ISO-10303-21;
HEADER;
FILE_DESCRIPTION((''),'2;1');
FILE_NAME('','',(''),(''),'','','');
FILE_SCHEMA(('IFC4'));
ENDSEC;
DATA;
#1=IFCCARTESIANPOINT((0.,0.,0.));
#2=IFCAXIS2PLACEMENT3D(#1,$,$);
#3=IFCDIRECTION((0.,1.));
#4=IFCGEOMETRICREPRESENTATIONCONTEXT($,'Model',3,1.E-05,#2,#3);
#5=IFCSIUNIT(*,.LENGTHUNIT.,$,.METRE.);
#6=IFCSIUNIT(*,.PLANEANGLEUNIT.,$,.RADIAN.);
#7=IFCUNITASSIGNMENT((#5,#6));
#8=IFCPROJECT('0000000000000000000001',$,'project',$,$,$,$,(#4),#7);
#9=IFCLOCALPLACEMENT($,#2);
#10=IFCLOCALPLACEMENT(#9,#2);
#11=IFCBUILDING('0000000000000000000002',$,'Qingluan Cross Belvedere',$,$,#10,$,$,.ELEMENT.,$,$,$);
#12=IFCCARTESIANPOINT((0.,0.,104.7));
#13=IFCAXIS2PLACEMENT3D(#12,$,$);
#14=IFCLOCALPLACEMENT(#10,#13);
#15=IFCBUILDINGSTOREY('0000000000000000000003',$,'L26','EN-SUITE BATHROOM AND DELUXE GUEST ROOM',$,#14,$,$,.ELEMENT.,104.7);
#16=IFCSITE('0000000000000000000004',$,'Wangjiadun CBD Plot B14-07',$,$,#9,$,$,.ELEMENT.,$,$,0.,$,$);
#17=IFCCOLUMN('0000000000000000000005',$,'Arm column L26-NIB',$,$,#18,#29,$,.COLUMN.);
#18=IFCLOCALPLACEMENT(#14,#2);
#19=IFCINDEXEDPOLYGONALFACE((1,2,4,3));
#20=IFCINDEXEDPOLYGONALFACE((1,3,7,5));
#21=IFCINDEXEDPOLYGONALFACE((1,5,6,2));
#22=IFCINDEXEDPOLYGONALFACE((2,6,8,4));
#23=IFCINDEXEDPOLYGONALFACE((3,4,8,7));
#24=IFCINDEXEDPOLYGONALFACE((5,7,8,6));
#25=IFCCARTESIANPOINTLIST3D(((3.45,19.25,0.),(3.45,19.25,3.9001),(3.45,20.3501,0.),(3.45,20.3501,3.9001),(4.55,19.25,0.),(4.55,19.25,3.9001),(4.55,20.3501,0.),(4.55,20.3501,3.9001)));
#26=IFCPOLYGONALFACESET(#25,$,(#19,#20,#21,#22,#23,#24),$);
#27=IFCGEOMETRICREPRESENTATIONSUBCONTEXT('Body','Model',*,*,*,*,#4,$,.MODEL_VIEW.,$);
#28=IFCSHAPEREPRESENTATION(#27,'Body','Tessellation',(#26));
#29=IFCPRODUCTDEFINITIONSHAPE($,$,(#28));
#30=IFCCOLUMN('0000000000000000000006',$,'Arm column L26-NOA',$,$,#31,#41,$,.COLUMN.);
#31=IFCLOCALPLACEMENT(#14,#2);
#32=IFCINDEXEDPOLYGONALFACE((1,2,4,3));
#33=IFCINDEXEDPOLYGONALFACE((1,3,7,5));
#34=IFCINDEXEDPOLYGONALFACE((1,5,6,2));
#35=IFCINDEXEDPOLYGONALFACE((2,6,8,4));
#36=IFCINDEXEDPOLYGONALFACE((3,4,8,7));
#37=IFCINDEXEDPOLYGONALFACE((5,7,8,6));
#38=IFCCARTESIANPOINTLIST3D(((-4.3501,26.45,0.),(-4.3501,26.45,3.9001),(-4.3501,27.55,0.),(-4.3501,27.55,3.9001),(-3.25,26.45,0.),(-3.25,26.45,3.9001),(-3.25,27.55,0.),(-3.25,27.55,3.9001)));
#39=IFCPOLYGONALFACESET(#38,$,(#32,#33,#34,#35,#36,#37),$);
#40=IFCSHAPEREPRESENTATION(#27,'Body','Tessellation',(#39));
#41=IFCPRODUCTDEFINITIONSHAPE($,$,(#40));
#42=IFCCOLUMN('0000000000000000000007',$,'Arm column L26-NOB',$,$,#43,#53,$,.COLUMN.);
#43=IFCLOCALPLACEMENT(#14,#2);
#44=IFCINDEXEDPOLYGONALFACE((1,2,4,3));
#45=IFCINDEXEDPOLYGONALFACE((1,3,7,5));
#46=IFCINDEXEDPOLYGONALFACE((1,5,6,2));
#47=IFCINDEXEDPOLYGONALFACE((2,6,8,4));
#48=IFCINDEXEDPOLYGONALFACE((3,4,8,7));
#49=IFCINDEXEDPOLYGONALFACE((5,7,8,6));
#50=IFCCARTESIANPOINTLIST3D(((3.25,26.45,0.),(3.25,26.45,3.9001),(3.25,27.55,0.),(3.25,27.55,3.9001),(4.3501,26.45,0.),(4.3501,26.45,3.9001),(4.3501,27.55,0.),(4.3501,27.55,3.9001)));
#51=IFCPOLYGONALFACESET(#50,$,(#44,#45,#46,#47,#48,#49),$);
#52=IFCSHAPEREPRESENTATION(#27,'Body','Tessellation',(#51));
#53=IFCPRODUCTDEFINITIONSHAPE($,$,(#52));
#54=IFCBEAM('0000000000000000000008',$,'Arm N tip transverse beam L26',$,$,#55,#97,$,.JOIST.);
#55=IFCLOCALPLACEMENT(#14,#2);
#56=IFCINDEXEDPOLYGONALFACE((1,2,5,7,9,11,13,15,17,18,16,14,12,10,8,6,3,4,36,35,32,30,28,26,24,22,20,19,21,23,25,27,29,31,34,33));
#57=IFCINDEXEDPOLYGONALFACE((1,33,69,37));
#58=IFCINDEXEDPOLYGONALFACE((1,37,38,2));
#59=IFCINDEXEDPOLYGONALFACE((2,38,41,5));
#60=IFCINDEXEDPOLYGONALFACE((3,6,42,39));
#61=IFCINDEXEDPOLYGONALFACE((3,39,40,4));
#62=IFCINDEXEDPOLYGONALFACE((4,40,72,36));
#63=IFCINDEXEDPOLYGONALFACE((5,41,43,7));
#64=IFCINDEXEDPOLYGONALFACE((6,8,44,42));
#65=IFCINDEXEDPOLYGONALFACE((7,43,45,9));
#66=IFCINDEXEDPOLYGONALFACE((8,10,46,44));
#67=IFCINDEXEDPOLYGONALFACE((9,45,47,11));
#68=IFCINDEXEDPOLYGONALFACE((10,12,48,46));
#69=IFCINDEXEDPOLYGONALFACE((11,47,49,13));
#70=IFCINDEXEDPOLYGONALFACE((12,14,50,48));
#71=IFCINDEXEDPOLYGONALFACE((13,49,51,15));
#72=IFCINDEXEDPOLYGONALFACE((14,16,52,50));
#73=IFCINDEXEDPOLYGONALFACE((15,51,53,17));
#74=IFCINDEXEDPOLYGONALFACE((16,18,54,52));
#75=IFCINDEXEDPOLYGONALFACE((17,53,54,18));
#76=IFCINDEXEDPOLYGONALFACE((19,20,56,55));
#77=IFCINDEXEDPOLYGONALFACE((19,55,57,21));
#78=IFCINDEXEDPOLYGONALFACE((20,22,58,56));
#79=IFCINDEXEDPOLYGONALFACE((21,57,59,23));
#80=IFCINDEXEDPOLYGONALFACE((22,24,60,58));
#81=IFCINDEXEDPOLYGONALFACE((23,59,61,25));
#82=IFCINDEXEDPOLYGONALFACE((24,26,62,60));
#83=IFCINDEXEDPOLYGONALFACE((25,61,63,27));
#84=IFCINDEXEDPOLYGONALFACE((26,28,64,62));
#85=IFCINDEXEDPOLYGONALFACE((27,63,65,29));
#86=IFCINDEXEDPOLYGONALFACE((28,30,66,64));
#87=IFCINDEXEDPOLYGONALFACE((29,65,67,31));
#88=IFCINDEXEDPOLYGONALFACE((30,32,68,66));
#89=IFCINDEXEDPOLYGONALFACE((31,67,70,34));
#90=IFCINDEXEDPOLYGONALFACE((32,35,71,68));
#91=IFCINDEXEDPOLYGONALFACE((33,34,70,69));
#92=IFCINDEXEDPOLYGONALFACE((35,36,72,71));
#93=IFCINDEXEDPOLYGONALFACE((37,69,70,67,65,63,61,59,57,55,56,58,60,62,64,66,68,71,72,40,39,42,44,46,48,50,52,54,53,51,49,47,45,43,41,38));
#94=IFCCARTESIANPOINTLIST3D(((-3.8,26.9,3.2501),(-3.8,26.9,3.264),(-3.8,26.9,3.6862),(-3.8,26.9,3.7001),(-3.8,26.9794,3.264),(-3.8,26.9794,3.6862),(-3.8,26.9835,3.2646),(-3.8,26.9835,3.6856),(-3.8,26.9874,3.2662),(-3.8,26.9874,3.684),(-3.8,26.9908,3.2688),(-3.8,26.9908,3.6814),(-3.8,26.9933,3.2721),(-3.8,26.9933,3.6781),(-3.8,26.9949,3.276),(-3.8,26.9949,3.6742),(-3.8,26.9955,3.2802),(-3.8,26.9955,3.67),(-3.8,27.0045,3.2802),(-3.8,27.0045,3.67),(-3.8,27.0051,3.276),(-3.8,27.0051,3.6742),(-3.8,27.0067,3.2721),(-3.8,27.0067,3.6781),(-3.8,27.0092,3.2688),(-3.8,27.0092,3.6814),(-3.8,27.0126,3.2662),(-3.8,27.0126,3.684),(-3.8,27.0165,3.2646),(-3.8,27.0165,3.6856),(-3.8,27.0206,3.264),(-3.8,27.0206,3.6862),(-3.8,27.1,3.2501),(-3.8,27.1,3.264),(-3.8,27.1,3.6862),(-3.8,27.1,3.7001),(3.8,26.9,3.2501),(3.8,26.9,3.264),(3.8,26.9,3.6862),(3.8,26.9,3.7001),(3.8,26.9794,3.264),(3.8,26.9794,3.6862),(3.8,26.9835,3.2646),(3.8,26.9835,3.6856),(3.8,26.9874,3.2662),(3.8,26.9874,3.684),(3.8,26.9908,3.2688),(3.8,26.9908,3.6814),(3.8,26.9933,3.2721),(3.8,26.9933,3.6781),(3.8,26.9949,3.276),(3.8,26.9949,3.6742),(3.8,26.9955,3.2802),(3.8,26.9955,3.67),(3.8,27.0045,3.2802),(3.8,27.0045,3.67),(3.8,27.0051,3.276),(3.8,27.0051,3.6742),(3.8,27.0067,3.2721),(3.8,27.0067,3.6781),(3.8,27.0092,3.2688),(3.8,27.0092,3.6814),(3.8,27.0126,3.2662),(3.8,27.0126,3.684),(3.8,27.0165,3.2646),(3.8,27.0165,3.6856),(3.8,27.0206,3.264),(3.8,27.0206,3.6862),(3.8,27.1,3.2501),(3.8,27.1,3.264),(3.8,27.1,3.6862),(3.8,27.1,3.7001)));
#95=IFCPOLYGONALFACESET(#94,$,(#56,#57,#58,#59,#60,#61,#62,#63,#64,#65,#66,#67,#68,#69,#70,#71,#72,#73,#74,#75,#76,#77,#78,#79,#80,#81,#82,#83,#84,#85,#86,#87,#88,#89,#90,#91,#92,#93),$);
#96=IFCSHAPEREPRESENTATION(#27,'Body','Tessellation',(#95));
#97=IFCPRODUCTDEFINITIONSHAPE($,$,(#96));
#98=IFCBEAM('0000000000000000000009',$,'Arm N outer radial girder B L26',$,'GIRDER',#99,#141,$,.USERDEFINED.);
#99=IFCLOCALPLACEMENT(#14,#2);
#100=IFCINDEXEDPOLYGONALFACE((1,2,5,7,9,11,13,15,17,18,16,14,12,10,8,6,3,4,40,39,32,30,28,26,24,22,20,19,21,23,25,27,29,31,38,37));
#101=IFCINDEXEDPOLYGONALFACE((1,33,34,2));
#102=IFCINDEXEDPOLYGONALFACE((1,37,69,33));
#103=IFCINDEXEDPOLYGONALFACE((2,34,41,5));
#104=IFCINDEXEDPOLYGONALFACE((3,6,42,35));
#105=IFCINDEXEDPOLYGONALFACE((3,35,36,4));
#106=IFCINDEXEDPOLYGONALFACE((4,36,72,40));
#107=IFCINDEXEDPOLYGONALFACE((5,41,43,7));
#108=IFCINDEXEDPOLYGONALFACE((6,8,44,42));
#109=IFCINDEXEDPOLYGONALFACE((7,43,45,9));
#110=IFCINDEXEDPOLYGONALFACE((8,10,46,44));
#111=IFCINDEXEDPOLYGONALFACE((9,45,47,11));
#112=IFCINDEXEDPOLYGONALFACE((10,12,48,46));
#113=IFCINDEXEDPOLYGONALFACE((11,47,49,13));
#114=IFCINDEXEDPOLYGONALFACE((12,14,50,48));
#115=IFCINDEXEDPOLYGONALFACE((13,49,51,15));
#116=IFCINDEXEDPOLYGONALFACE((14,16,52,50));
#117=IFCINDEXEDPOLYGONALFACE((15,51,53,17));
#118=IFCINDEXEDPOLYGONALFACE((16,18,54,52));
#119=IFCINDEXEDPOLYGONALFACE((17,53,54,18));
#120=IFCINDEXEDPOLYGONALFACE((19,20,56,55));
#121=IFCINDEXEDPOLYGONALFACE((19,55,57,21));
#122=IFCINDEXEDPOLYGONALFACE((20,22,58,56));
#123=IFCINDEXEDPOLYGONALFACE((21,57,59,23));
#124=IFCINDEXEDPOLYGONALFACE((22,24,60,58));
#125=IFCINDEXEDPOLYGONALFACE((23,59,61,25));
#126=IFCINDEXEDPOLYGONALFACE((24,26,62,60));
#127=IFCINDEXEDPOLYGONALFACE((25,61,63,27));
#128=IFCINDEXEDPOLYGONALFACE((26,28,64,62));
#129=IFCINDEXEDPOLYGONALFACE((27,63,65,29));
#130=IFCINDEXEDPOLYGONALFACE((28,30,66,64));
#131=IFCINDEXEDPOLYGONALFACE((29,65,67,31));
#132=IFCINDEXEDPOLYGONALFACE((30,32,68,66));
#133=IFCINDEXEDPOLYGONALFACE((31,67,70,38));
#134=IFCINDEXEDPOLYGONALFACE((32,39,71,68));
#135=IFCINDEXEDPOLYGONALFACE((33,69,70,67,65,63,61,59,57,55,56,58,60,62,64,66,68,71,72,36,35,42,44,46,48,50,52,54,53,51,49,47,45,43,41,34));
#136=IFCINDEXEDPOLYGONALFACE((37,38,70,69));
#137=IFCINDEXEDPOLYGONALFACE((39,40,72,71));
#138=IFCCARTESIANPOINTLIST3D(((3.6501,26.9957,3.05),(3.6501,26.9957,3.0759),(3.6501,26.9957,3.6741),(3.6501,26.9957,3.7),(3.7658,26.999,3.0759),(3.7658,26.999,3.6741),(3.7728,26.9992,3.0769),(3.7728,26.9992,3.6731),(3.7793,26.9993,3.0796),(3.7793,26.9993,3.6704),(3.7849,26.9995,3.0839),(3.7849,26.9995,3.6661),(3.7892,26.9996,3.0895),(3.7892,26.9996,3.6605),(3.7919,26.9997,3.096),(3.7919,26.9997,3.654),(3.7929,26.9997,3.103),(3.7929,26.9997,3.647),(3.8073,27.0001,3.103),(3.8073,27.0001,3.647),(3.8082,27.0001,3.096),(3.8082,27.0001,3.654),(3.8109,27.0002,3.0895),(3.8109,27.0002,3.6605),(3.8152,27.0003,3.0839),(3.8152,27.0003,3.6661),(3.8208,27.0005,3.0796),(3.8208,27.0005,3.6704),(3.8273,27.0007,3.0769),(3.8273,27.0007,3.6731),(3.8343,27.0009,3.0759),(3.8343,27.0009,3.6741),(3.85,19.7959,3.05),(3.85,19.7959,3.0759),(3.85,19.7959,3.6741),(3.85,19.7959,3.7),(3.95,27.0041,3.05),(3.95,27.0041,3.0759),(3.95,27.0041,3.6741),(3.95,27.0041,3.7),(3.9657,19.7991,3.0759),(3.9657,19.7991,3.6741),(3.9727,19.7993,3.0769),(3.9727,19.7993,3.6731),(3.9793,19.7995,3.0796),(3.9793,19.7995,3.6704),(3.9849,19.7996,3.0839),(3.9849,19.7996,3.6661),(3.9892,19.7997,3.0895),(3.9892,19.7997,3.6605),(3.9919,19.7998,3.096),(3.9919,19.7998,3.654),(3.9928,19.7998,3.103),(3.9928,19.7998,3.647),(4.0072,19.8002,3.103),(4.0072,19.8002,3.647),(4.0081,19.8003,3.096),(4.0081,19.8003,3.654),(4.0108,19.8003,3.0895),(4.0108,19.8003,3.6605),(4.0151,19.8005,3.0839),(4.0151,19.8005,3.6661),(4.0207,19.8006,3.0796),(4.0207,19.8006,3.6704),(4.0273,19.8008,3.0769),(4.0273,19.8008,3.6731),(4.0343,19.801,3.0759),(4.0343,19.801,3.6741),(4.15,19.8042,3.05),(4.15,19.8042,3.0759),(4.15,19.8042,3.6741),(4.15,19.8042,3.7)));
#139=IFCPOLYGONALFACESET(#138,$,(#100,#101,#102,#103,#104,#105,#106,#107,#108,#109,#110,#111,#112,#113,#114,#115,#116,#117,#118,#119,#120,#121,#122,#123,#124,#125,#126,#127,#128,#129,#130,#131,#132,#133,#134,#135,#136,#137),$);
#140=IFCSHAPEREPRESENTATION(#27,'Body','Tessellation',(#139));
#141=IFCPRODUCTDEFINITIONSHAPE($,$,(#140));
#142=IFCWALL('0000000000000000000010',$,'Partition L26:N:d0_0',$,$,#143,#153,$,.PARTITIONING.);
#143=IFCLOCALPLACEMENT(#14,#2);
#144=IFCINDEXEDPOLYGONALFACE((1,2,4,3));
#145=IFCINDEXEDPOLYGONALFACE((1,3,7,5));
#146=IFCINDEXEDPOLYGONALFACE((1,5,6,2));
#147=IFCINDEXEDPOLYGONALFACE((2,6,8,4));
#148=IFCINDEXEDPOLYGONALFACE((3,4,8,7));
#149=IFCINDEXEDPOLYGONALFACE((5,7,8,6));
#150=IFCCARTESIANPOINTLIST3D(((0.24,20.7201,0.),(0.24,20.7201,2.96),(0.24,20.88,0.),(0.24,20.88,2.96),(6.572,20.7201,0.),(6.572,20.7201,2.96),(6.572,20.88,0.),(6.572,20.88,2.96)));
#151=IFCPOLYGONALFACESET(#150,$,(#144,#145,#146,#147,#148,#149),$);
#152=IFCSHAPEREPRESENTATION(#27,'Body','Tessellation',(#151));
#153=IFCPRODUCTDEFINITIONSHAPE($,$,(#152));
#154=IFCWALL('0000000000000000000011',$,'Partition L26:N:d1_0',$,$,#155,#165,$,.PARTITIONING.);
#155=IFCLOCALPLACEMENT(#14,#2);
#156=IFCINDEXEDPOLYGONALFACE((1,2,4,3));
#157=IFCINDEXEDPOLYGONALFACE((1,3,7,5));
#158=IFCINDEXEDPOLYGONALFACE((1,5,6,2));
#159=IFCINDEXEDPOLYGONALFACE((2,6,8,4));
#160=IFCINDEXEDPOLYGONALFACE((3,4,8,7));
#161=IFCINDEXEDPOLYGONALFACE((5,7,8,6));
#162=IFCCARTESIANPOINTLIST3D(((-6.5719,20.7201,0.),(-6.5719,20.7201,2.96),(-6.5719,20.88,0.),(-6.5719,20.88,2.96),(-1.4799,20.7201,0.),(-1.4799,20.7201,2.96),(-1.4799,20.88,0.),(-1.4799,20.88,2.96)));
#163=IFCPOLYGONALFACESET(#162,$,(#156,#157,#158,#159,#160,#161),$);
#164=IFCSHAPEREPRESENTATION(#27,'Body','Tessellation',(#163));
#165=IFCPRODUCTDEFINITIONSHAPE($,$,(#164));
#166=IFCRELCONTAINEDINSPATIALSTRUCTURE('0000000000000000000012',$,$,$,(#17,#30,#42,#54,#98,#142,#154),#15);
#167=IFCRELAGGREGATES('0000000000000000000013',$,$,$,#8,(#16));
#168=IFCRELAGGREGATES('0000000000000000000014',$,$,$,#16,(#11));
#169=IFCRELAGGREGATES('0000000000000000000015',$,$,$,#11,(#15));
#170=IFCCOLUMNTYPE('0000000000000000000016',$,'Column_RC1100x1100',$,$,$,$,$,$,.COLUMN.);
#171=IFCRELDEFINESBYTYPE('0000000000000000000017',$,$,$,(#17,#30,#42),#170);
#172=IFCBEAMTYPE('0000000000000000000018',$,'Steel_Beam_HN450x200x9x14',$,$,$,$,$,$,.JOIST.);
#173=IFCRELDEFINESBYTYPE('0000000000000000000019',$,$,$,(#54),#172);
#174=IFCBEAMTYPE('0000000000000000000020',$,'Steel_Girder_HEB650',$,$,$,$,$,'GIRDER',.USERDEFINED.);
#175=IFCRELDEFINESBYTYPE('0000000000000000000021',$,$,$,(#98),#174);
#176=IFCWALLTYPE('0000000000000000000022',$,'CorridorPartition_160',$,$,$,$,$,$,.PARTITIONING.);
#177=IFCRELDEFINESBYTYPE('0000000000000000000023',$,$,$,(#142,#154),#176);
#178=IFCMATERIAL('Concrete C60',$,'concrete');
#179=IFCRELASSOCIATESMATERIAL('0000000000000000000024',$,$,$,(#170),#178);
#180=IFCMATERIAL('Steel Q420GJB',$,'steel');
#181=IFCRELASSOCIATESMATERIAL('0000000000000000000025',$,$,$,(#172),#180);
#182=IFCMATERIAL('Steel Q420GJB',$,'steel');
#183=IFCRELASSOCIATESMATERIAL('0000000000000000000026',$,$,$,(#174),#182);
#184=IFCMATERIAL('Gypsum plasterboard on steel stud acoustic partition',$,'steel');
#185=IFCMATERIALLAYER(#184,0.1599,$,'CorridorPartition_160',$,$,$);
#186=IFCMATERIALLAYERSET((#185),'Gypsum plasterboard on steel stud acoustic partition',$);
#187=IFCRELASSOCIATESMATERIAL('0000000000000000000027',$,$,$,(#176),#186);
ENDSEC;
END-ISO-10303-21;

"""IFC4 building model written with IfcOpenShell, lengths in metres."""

from ifc_helpers import new_model, si_unit, direction, frame, frame_2d, origin, origin_2d, place, context, subcontext, project, spatial, rectangle, i_section, extrude, material, layer, layer_set, material_profile, profile_set, type_object, element, save


model = new_model("IFC4")

# Units and contexts
model_context = context("Model", 3, precision=1e-05, world=origin(), true_north=direction((0.0, 1.0)))
body_context = subcontext(model_context, "Body", "Model", "MODEL_VIEW")
ifc_project = project(units=[si_unit("LENGTHUNIT", "METRE"), si_unit("PLANEANGLEUNIT", "RADIAN")], contexts=[model_context])

# Site, building, storey
site_placement = place(None, origin())
site = spatial("IfcSite", under=ifc_project, at=site_placement, Name="Wangjiadun CBD Plot B14-07", CompositionType="ELEMENT", RefElevation=0.0)
building_placement = place(site_placement, origin())
building = spatial("IfcBuilding", under=site, at=building_placement, Name="Qingluan Cross Belvedere", CompositionType="ELEMENT")
storey_placement = place(building_placement, frame((0.0, 0.0, 104.7)))
storey = spatial("IfcBuildingStorey", under=building, at=storey_placement, Name="L26", Description="EN-SUITE BATHROOM AND DELUXE GUEST ROOM", CompositionType="ELEMENT", Elevation=104.7)

# Columns
ifc_material_1 = material(Name="Concrete C60", Category="concrete")
ifc_material_profile_1 = material_profile(ifc_material_1, rectangle(XDim=1.1001, YDim=1.1001, at=origin_2d()), Name="RC1100x1100")
ifc_profile_set_1 = profile_set([ifc_material_profile_1], Name="Concrete C60")
column_type = type_object("IfcColumnType", Name="Column_RC1100x1100", PredefinedType="COLUMN", material=ifc_profile_set_1)
for number, where, z_axis, x_axis, name in (
    (1, (4.0, 19.8, 0.0), (0.0, 0.0, 1.0), (1.0, 0.0, 0.0), "Arm column L26-NIB"),
    (2, (-3.8, 27.0, 0.0), (0.0, 0.0, 1.0), (1.0, 0.0, 0.0), "Arm column L26-NOA"),
    (3, (3.8, 27.0, 0.0), (0.0, 0.0, 1.0), (1.0, 0.0, 0.0), "Arm column L26-NOB"),
):
    element("IfcColumn", number, at=place(storey_placement, frame(where, z_axis=z_axis, x_axis=x_axis)), inside=storey, type_object=column_type, Name=name, PredefinedType="COLUMN", context=body_context, shape_type="SweptSolid", body=[
        extrude(rectangle(XDim=1.1001, YDim=1.1001, at=origin_2d()), origin(), (0.0, 0.0, 1.0), 3.9001),
    ])

# Beams
ifc_material_2 = material(Name="Steel Q420GJB", Category="steel")
ifc_material_profile_2 = material_profile(ifc_material_2, i_section(OverallWidth=0.2, OverallDepth=0.45, WebThickness=0.009, FlangeThickness=0.0139, FilletRadius=0.0161, at=origin_2d()), Name="HN450x200x9x14")
ifc_profile_set_2 = profile_set([ifc_material_profile_2], Name="Steel Q420GJB")
beam_type_1 = type_object("IfcBeamType", Name="Steel_Beam_HN450x200x9x14", PredefinedType="JOIST", material=ifc_profile_set_2)
beam_1_placement = place(storey_placement, frame((-3.8, 27.0, 3.4751), z_axis=(1.0, 0.0, 0.0), x_axis=(0.0, 1.0, 0.0)))
element("IfcBeam", 4, at=beam_1_placement, inside=storey, type_object=beam_type_1, Name="Arm N tip transverse beam L26", PredefinedType="JOIST", context=body_context, shape_type="SweptSolid", body=[
    extrude(i_section(OverallWidth=0.2, OverallDepth=0.45, WebThickness=0.009, FlangeThickness=0.0139, FilletRadius=0.0161, at=origin_2d()), origin(), (0.0, 0.0, 1.0), 7.6001),
])
ifc_material_3 = material(Name="Steel Q420GJB", Category="steel")
ifc_material_profile_3 = material_profile(ifc_material_3, i_section(OverallWidth=0.3, OverallDepth=0.6499, WebThickness=0.0144, FlangeThickness=0.0259, FilletRadius=0.0271, at=origin_2d()), Name="HEB650")
ifc_profile_set_3 = profile_set([ifc_material_profile_3], Name="Steel Q420GJB")
beam_type_2 = type_object("IfcBeamType", Name="Steel_Girder_HEB650", ElementType="GIRDER", PredefinedType="USERDEFINED", material=ifc_profile_set_3)
beam_2_placement = place(storey_placement, frame((4.0, 19.8, 3.375), z_axis=(-0.02776, 0.999615, 0.0), x_axis=(-0.999615, -0.02776, 0.0)))
element("IfcBeam", 5, at=beam_2_placement, inside=storey, type_object=beam_type_2, Name="Arm N outer radial girder B L26", ObjectType="GIRDER", PredefinedType="USERDEFINED", context=body_context, shape_type="SweptSolid", body=[
    extrude(i_section(OverallWidth=0.3, OverallDepth=0.6499, WebThickness=0.0144, FlangeThickness=0.0259, FilletRadius=0.0271, at=origin_2d()), origin(), (0.0, 0.0, 1.0), 7.2026),
])

# Walls
ifc_material_4 = material(Name="Gypsum plasterboard on steel stud acoustic partition", Category="steel")
ifc_layer_1 = layer(ifc_material_4, 0.1599, Name="CorridorPartition_160")
ifc_layer_set_1 = layer_set([ifc_layer_1], Name="Gypsum plasterboard on steel stud acoustic partition")
wall_type_1 = type_object("IfcWallType", Name="CorridorPartition_160", PredefinedType="PARTITIONING", material=ifc_layer_set_1)
wall_1_placement = place(storey_placement, frame((0.24, 20.8, 0.0), z_axis=(0.0, 0.0, 1.0), x_axis=(1.0, 0.0, 0.0)))
element("IfcWall", 6, at=wall_1_placement, inside=storey, type_object=wall_type_1, Name="Partition L26:N:d0_0", PredefinedType="PARTITIONING", context=body_context, shape_type="SweptSolid", body=[
    extrude(rectangle(XDim=6.332, YDim=0.1599, at=frame_2d((3.166, 0.0))), origin(), (0.0, 0.0, 1.0), 2.96),
])
wall_2_placement = place(storey_placement, frame((-1.48, 20.8, 0.0), z_axis=(0.0, 0.0, 1.0), x_axis=(-1.0, 0.0, 0.0)))
element("IfcWall", 7, at=wall_2_placement, inside=storey, type_object=wall_type_1, Name="Partition L26:N:d1_0", PredefinedType="PARTITIONING", context=body_context, shape_type="SweptSolid", body=[
    extrude(rectangle(XDim=5.092, YDim=0.1599, at=frame_2d((2.5459, 0.0))), origin(), (0.0, 0.0, 1.0), 2.96),
])

save(model, "model.ifc")
